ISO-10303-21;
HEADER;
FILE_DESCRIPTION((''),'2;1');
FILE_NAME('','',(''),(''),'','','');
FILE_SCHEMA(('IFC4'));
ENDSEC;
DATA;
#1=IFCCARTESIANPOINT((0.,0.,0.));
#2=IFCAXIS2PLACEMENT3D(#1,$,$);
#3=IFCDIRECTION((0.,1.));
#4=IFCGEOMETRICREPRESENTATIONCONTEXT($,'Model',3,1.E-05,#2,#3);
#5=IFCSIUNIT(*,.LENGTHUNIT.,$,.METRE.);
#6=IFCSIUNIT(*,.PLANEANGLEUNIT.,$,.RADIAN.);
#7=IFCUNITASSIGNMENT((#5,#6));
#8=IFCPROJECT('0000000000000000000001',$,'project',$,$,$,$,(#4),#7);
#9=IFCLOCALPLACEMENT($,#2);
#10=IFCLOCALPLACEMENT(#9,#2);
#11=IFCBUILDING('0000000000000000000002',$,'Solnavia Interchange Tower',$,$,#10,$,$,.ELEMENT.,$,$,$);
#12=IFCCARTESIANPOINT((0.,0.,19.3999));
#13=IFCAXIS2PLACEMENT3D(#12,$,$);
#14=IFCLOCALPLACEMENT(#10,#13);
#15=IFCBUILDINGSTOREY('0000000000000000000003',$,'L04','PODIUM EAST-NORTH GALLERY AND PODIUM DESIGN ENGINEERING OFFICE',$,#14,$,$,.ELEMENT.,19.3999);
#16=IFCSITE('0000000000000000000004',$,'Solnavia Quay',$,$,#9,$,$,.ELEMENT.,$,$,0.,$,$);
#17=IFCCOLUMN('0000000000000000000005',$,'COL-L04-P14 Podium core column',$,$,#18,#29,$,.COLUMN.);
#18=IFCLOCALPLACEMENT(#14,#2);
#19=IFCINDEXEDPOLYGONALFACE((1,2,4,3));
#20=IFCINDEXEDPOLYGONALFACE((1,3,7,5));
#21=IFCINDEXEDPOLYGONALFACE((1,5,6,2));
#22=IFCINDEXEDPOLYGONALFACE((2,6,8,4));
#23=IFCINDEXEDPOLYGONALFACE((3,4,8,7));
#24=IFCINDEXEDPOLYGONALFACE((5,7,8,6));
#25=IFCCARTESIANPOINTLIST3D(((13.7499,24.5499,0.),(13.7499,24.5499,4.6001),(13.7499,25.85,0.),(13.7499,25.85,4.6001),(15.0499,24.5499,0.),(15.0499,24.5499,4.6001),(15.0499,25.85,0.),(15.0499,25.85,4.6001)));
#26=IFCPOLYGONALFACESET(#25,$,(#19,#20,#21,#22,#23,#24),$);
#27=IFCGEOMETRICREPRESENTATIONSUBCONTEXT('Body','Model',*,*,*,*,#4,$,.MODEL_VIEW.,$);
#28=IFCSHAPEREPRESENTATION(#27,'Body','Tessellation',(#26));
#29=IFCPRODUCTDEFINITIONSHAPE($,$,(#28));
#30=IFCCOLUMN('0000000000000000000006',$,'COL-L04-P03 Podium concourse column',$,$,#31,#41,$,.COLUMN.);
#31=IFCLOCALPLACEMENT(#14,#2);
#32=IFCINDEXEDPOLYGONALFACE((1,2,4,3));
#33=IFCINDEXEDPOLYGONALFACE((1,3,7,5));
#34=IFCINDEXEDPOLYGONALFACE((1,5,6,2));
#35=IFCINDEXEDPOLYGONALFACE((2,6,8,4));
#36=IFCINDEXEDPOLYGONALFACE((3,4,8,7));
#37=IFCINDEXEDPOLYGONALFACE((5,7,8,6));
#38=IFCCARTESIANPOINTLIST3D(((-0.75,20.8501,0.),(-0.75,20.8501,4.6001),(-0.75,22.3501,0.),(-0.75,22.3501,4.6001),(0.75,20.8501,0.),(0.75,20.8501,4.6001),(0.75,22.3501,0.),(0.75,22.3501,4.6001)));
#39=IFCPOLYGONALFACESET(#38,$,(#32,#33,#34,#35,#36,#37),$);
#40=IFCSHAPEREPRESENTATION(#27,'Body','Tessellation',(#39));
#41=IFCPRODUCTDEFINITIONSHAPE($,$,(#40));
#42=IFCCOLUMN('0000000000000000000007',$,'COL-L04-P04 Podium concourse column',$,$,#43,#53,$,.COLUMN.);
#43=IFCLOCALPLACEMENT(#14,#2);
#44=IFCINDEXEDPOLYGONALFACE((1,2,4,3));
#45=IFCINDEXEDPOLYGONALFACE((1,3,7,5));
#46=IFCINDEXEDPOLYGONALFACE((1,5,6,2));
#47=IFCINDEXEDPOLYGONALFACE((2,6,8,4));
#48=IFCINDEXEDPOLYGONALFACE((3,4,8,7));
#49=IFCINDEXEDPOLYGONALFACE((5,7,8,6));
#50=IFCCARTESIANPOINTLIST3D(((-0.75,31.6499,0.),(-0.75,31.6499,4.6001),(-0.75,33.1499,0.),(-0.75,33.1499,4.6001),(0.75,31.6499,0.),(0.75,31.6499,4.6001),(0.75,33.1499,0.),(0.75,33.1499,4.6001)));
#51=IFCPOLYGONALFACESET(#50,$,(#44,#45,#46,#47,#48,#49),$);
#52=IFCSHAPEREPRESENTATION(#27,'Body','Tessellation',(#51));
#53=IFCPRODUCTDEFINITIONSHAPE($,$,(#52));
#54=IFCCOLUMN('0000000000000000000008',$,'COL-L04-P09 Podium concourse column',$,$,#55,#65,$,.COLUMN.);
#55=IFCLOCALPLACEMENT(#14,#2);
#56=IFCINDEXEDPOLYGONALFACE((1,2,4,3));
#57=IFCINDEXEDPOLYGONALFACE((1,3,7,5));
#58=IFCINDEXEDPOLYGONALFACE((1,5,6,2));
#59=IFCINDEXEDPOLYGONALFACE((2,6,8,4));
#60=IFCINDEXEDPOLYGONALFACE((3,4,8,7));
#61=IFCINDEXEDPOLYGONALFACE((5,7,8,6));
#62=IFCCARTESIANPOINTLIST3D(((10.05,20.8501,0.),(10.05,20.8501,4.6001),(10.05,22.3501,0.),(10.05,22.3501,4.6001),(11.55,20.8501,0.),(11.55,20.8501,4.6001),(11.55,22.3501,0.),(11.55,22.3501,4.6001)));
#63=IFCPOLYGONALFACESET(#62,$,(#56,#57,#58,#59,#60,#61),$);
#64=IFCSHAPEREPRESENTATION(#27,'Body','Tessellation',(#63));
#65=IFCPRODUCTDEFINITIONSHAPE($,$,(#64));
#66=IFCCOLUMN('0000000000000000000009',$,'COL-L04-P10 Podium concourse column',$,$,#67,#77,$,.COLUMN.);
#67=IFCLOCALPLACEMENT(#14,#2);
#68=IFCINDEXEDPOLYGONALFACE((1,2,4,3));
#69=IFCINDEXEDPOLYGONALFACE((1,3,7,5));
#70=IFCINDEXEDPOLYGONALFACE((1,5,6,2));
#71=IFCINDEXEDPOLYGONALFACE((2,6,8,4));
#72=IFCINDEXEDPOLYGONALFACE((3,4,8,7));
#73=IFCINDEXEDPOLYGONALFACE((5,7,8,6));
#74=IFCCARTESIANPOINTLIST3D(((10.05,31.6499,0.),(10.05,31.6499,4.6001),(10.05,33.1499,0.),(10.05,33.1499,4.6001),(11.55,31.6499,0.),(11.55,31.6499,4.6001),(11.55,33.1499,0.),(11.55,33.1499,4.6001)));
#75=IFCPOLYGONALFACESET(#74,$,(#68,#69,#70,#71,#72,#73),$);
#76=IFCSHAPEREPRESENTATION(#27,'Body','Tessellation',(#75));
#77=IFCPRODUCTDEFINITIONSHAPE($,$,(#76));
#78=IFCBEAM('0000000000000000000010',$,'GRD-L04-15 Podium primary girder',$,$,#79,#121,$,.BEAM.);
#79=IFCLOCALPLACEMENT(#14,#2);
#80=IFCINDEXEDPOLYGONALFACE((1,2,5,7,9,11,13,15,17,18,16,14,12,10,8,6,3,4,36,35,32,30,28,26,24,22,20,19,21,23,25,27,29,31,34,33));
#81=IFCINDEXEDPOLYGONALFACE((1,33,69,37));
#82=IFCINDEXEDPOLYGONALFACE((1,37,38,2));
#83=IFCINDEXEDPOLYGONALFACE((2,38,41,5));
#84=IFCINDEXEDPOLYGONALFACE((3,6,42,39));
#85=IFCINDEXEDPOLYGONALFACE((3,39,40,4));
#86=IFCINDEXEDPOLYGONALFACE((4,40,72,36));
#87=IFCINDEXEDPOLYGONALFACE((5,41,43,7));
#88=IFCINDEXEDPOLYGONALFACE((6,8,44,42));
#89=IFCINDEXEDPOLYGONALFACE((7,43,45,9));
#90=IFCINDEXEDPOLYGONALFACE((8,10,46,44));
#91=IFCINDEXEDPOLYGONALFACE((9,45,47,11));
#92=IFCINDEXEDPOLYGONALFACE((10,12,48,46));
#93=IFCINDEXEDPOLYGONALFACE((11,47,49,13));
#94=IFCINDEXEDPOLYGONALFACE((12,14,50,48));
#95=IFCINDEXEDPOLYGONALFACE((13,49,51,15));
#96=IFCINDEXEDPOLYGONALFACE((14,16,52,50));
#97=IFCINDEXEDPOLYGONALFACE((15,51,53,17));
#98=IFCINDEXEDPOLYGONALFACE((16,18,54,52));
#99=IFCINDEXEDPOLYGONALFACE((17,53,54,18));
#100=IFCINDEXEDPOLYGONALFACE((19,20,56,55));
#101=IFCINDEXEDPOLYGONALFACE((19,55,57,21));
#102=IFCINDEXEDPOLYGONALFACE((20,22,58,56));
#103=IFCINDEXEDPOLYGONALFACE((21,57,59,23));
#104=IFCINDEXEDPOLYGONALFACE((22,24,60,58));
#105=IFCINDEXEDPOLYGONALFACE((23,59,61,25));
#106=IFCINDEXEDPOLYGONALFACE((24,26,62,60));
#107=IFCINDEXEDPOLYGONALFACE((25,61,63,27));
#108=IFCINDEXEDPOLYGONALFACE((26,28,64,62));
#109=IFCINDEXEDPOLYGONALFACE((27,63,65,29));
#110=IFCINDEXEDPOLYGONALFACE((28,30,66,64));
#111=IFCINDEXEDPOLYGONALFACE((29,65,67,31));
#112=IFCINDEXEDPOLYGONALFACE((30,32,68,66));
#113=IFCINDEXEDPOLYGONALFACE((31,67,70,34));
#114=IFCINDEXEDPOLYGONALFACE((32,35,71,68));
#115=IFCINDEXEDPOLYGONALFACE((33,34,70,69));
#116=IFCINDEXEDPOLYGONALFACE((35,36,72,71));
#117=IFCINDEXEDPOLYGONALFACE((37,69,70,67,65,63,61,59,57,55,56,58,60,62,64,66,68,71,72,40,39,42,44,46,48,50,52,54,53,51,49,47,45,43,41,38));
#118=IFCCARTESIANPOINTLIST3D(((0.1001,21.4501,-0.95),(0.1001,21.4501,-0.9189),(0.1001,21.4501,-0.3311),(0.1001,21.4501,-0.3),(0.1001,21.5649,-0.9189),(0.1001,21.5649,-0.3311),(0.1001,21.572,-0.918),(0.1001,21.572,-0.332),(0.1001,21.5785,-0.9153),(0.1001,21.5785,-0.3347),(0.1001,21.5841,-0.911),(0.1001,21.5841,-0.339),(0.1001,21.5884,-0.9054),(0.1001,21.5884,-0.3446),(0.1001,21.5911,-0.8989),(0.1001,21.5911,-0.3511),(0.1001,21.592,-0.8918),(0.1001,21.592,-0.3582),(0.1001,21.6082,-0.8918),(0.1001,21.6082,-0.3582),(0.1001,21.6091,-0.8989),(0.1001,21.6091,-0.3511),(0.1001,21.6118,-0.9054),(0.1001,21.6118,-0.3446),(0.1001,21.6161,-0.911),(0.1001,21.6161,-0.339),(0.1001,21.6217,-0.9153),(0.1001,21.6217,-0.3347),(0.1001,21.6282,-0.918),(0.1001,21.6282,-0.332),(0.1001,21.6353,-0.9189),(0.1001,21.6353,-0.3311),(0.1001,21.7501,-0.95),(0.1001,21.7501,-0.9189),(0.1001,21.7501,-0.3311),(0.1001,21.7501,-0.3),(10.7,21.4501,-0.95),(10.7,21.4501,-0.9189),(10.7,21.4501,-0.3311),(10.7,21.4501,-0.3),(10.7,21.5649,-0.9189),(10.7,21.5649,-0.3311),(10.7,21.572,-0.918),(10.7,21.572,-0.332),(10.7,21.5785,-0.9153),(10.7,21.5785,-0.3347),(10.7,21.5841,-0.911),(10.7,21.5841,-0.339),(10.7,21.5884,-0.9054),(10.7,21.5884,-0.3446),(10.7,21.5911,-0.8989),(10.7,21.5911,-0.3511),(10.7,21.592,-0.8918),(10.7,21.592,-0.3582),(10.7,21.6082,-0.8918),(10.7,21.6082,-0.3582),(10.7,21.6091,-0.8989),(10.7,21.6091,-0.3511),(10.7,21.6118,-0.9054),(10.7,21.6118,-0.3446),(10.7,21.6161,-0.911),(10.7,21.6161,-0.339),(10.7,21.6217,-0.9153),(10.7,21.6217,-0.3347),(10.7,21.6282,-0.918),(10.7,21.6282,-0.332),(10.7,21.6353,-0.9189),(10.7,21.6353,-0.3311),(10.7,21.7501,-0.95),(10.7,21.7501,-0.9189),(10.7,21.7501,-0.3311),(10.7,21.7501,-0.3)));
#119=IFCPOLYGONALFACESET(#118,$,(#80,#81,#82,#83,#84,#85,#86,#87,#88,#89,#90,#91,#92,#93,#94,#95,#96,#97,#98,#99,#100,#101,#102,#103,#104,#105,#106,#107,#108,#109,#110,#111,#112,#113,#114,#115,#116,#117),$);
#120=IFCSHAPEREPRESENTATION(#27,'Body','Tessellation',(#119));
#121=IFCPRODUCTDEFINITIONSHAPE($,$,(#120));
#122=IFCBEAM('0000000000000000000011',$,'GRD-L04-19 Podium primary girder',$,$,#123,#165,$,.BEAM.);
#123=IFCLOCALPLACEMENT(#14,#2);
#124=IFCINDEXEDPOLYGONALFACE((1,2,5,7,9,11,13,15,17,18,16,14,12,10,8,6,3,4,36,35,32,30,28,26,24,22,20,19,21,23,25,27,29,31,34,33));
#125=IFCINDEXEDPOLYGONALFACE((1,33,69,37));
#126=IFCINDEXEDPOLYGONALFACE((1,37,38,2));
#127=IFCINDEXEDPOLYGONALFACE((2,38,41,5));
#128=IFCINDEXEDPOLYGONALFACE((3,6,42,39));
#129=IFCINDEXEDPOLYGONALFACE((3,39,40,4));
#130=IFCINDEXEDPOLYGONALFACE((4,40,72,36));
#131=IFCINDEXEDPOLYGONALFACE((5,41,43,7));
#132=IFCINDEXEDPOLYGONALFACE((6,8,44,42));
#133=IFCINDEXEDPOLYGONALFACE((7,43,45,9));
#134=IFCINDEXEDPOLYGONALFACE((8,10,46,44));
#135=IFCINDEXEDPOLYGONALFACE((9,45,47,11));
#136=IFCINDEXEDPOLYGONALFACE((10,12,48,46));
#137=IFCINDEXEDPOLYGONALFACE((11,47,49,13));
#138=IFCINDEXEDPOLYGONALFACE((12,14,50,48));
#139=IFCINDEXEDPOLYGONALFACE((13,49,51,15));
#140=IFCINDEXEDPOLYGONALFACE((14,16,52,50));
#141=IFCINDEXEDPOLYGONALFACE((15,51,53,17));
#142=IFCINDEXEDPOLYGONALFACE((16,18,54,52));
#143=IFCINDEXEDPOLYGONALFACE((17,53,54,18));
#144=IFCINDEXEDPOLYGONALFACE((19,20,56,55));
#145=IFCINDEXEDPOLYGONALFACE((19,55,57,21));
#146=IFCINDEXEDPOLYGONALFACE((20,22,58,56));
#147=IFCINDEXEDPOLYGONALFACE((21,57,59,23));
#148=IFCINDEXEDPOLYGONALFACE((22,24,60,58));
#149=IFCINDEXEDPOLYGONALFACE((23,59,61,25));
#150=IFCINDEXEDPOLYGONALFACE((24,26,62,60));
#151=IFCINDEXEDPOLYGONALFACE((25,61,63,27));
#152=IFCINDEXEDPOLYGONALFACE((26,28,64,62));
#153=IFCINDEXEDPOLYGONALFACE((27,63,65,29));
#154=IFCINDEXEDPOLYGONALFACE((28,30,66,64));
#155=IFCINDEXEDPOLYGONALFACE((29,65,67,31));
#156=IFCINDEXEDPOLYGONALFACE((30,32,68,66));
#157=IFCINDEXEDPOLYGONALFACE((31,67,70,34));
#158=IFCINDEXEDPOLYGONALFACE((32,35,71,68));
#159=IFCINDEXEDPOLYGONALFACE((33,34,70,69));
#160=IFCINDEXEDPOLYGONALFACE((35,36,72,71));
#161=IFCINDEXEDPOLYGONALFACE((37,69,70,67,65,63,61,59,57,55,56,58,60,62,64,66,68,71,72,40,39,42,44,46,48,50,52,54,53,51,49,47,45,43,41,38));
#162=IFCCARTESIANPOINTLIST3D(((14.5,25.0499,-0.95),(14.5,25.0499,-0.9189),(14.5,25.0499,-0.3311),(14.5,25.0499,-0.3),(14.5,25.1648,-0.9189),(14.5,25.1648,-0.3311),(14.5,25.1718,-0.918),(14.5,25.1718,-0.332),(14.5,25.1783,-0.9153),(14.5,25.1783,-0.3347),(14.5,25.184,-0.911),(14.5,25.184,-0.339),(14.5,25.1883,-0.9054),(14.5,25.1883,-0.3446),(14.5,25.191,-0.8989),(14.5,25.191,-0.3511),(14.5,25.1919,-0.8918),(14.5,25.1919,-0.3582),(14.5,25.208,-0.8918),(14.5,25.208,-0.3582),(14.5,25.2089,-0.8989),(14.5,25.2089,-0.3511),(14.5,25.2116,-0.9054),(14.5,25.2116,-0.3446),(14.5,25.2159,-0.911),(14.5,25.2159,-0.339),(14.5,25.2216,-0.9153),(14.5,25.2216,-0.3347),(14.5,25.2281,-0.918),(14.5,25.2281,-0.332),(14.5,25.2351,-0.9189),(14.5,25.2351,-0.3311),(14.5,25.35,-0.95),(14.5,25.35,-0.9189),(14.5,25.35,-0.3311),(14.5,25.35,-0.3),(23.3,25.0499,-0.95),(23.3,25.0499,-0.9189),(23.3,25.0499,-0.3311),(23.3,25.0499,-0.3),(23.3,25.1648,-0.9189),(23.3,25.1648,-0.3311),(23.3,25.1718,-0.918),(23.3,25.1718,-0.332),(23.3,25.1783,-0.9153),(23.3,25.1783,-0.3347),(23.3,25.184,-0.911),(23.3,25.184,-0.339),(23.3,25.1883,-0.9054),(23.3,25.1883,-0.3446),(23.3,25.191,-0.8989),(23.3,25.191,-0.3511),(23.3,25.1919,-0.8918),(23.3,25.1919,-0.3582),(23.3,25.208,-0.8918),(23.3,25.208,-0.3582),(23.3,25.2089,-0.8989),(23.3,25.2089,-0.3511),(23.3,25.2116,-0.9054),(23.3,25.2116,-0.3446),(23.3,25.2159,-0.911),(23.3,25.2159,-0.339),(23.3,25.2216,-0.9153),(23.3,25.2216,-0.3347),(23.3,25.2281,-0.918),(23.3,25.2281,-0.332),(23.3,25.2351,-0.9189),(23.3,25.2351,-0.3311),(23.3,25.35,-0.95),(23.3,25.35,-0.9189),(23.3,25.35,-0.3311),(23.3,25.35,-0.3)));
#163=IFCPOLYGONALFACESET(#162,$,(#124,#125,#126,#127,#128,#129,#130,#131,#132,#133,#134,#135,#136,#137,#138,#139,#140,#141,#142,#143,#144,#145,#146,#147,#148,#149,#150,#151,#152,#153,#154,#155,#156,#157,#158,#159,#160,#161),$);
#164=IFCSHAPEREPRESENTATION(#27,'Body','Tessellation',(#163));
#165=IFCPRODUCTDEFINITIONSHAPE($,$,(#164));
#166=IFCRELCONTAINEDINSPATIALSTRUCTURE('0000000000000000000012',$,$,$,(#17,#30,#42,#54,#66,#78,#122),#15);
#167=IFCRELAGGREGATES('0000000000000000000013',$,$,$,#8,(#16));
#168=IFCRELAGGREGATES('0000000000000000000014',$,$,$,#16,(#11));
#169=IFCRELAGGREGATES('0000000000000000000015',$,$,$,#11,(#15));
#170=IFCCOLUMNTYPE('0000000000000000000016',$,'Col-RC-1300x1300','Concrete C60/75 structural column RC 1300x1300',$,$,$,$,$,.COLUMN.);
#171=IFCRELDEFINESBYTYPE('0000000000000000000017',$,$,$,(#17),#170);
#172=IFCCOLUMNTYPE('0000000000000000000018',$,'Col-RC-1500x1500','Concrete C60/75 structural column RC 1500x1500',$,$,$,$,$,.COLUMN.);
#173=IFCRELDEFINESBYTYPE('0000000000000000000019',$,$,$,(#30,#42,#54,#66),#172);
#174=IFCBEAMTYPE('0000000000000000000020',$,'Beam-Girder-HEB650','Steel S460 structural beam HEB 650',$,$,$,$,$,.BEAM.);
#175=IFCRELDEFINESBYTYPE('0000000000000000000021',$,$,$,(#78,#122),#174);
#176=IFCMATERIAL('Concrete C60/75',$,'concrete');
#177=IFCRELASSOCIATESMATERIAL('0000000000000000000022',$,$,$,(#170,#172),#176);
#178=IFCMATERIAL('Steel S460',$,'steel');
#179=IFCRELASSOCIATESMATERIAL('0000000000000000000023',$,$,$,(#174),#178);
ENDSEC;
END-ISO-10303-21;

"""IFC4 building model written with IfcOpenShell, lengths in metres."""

from ifc_helpers import new_model, si_unit, direction, frame, origin, origin_2d, place, context, subcontext, project, spatial, rectangle, i_section, extrude, material, material_profile, profile_set, type_object, element, save


model = new_model("IFC4")

# Units and contexts
model_context = context("Model", 3, precision=1e-05, world=origin(), true_north=direction((0.0, 1.0)))
body_context = subcontext(model_context, "Body", "Model", "MODEL_VIEW")
ifc_project = project(units=[si_unit("LENGTHUNIT", "METRE"), si_unit("PLANEANGLEUNIT", "RADIAN")], contexts=[model_context])

# Site, building, storey
site_placement = place(None, origin())
site = spatial("IfcSite", under=ifc_project, at=site_placement, Name="Solnavia Quay", CompositionType="ELEMENT", RefElevation=0.0)
building_placement = place(site_placement, origin())
building = spatial("IfcBuilding", under=site, at=building_placement, Name="Solnavia Interchange Tower", CompositionType="ELEMENT")
storey_placement = place(building_placement, frame((0.0, 0.0, 19.3999)))
storey = spatial("IfcBuildingStorey", under=building, at=storey_placement, Name="L04", Description="PODIUM EAST-NORTH GALLERY AND PODIUM DESIGN ENGINEERING OFFICE", CompositionType="ELEMENT", Elevation=19.3999)

# Columns
ifc_material_1 = material(Name="Concrete C60/75", Category="concrete")
ifc_material_profile_1 = material_profile(ifc_material_1, rectangle(XDim=1.3, YDim=1.3, at=origin_2d()), Name="RC 1300x1300")
ifc_profile_set_1 = profile_set([ifc_material_profile_1], Name="Concrete C60/75")
column_type_1 = type_object("IfcColumnType", Name="Col-RC-1300x1300", Description="Concrete C60/75 structural column RC 1300x1300", PredefinedType="COLUMN", material=ifc_profile_set_1)
column_placement = place(storey_placement, frame((14.3999, 25.2, 0.0), z_axis=(0.0, 0.0, 1.0), x_axis=(1.0, 0.0, 0.0)))
element("IfcColumn", 1, at=column_placement, inside=storey, type_object=column_type_1, Name="COL-L04-P14 Podium core column", PredefinedType="COLUMN", context=body_context, shape_type="SweptSolid", body=[
    extrude(rectangle(XDim=1.3, YDim=1.3, at=origin_2d()), origin(), (0.0, 0.0, 1.0), 4.6001),
])
ifc_material_profile_2 = material_profile(ifc_material_1, rectangle(XDim=1.5, YDim=1.5, at=origin_2d()), Name="RC 1500x1500")
ifc_profile_set_2 = profile_set([ifc_material_profile_2], Name="Concrete C60/75")
column_type_2 = type_object("IfcColumnType", Name="Col-RC-1500x1500", Description="Concrete C60/75 structural column RC 1500x1500", PredefinedType="COLUMN", material=ifc_profile_set_2)
for number, where, z_axis, x_axis, name in (
    (2, (0.0, 21.6001, 0.0), (0.0, 0.0, 1.0), (1.0, 0.0, 0.0), "COL-L04-P03 Podium concourse column"),
    (3, (0.0, 32.3999, 0.0), (0.0, 0.0, 1.0), (1.0, 0.0, 0.0), "COL-L04-P04 Podium concourse column"),
    (4, (10.8, 21.6001, 0.0), (0.0, 0.0, 1.0), (1.0, 0.0, 0.0), "COL-L04-P09 Podium concourse column"),
    (5, (10.8, 32.3999, 0.0), (0.0, 0.0, 1.0), (1.0, 0.0, 0.0), "COL-L04-P10 Podium concourse column"),
):
    element("IfcColumn", number, at=place(storey_placement, frame(where, z_axis=z_axis, x_axis=x_axis)), inside=storey, type_object=column_type_2, Name=name, PredefinedType="COLUMN", context=body_context, shape_type="SweptSolid", body=[
        extrude(rectangle(XDim=1.5, YDim=1.5, at=origin_2d()), origin(), (0.0, 0.0, 1.0), 4.6001),
    ])

# Beams
ifc_material_2 = material(Name="Steel S460", Category="steel")
ifc_material_profile_3 = material_profile(ifc_material_2, i_section(OverallWidth=0.3, OverallDepth=0.6499, WebThickness=0.0161, FlangeThickness=0.031, FilletRadius=0.0271, at=origin_2d()), Name="HEB 650")
ifc_profile_set_3 = profile_set([ifc_material_profile_3], Name="Steel S460")
beam_type_1 = type_object("IfcBeamType", Name="Beam-Girder-HEB650", Description="Steel S460 structural beam HEB 650", PredefinedType="BEAM", material=ifc_profile_set_3)
beam_1_placement = place(storey_placement, frame((0.1001, 21.6001, -0.625), z_axis=(1.0, 0.0, 0.0), x_axis=(0.0, 1.0, 0.0)))
element("IfcBeam", 6, at=beam_1_placement, inside=storey, type_object=beam_type_1, Name="GRD-L04-15 Podium primary girder", PredefinedType="BEAM", context=body_context, shape_type="SweptSolid", body=[
    extrude(i_section(OverallWidth=0.3, OverallDepth=0.6499, WebThickness=0.0161, FlangeThickness=0.031, FilletRadius=0.0271, at=origin_2d()), origin(), (0.0, 0.0, 1.0), 10.5999),
])
beam_2_placement = place(storey_placement, frame((14.5, 25.2, -0.625), z_axis=(1.0, 0.0, 0.0), x_axis=(0.0, 1.0, 0.0)))
element("IfcBeam", 7, at=beam_2_placement, inside=storey, type_object=beam_type_1, Name="GRD-L04-19 Podium primary girder", PredefinedType="BEAM", context=body_context, shape_type="SweptSolid", body=[
    extrude(i_section(OverallWidth=0.3, OverallDepth=0.6499, WebThickness=0.0161, FlangeThickness=0.031, FilletRadius=0.0271, at=origin_2d()), origin(), (0.0, 0.0, 1.0), 8.8),
])

save(model, "model.ifc")
